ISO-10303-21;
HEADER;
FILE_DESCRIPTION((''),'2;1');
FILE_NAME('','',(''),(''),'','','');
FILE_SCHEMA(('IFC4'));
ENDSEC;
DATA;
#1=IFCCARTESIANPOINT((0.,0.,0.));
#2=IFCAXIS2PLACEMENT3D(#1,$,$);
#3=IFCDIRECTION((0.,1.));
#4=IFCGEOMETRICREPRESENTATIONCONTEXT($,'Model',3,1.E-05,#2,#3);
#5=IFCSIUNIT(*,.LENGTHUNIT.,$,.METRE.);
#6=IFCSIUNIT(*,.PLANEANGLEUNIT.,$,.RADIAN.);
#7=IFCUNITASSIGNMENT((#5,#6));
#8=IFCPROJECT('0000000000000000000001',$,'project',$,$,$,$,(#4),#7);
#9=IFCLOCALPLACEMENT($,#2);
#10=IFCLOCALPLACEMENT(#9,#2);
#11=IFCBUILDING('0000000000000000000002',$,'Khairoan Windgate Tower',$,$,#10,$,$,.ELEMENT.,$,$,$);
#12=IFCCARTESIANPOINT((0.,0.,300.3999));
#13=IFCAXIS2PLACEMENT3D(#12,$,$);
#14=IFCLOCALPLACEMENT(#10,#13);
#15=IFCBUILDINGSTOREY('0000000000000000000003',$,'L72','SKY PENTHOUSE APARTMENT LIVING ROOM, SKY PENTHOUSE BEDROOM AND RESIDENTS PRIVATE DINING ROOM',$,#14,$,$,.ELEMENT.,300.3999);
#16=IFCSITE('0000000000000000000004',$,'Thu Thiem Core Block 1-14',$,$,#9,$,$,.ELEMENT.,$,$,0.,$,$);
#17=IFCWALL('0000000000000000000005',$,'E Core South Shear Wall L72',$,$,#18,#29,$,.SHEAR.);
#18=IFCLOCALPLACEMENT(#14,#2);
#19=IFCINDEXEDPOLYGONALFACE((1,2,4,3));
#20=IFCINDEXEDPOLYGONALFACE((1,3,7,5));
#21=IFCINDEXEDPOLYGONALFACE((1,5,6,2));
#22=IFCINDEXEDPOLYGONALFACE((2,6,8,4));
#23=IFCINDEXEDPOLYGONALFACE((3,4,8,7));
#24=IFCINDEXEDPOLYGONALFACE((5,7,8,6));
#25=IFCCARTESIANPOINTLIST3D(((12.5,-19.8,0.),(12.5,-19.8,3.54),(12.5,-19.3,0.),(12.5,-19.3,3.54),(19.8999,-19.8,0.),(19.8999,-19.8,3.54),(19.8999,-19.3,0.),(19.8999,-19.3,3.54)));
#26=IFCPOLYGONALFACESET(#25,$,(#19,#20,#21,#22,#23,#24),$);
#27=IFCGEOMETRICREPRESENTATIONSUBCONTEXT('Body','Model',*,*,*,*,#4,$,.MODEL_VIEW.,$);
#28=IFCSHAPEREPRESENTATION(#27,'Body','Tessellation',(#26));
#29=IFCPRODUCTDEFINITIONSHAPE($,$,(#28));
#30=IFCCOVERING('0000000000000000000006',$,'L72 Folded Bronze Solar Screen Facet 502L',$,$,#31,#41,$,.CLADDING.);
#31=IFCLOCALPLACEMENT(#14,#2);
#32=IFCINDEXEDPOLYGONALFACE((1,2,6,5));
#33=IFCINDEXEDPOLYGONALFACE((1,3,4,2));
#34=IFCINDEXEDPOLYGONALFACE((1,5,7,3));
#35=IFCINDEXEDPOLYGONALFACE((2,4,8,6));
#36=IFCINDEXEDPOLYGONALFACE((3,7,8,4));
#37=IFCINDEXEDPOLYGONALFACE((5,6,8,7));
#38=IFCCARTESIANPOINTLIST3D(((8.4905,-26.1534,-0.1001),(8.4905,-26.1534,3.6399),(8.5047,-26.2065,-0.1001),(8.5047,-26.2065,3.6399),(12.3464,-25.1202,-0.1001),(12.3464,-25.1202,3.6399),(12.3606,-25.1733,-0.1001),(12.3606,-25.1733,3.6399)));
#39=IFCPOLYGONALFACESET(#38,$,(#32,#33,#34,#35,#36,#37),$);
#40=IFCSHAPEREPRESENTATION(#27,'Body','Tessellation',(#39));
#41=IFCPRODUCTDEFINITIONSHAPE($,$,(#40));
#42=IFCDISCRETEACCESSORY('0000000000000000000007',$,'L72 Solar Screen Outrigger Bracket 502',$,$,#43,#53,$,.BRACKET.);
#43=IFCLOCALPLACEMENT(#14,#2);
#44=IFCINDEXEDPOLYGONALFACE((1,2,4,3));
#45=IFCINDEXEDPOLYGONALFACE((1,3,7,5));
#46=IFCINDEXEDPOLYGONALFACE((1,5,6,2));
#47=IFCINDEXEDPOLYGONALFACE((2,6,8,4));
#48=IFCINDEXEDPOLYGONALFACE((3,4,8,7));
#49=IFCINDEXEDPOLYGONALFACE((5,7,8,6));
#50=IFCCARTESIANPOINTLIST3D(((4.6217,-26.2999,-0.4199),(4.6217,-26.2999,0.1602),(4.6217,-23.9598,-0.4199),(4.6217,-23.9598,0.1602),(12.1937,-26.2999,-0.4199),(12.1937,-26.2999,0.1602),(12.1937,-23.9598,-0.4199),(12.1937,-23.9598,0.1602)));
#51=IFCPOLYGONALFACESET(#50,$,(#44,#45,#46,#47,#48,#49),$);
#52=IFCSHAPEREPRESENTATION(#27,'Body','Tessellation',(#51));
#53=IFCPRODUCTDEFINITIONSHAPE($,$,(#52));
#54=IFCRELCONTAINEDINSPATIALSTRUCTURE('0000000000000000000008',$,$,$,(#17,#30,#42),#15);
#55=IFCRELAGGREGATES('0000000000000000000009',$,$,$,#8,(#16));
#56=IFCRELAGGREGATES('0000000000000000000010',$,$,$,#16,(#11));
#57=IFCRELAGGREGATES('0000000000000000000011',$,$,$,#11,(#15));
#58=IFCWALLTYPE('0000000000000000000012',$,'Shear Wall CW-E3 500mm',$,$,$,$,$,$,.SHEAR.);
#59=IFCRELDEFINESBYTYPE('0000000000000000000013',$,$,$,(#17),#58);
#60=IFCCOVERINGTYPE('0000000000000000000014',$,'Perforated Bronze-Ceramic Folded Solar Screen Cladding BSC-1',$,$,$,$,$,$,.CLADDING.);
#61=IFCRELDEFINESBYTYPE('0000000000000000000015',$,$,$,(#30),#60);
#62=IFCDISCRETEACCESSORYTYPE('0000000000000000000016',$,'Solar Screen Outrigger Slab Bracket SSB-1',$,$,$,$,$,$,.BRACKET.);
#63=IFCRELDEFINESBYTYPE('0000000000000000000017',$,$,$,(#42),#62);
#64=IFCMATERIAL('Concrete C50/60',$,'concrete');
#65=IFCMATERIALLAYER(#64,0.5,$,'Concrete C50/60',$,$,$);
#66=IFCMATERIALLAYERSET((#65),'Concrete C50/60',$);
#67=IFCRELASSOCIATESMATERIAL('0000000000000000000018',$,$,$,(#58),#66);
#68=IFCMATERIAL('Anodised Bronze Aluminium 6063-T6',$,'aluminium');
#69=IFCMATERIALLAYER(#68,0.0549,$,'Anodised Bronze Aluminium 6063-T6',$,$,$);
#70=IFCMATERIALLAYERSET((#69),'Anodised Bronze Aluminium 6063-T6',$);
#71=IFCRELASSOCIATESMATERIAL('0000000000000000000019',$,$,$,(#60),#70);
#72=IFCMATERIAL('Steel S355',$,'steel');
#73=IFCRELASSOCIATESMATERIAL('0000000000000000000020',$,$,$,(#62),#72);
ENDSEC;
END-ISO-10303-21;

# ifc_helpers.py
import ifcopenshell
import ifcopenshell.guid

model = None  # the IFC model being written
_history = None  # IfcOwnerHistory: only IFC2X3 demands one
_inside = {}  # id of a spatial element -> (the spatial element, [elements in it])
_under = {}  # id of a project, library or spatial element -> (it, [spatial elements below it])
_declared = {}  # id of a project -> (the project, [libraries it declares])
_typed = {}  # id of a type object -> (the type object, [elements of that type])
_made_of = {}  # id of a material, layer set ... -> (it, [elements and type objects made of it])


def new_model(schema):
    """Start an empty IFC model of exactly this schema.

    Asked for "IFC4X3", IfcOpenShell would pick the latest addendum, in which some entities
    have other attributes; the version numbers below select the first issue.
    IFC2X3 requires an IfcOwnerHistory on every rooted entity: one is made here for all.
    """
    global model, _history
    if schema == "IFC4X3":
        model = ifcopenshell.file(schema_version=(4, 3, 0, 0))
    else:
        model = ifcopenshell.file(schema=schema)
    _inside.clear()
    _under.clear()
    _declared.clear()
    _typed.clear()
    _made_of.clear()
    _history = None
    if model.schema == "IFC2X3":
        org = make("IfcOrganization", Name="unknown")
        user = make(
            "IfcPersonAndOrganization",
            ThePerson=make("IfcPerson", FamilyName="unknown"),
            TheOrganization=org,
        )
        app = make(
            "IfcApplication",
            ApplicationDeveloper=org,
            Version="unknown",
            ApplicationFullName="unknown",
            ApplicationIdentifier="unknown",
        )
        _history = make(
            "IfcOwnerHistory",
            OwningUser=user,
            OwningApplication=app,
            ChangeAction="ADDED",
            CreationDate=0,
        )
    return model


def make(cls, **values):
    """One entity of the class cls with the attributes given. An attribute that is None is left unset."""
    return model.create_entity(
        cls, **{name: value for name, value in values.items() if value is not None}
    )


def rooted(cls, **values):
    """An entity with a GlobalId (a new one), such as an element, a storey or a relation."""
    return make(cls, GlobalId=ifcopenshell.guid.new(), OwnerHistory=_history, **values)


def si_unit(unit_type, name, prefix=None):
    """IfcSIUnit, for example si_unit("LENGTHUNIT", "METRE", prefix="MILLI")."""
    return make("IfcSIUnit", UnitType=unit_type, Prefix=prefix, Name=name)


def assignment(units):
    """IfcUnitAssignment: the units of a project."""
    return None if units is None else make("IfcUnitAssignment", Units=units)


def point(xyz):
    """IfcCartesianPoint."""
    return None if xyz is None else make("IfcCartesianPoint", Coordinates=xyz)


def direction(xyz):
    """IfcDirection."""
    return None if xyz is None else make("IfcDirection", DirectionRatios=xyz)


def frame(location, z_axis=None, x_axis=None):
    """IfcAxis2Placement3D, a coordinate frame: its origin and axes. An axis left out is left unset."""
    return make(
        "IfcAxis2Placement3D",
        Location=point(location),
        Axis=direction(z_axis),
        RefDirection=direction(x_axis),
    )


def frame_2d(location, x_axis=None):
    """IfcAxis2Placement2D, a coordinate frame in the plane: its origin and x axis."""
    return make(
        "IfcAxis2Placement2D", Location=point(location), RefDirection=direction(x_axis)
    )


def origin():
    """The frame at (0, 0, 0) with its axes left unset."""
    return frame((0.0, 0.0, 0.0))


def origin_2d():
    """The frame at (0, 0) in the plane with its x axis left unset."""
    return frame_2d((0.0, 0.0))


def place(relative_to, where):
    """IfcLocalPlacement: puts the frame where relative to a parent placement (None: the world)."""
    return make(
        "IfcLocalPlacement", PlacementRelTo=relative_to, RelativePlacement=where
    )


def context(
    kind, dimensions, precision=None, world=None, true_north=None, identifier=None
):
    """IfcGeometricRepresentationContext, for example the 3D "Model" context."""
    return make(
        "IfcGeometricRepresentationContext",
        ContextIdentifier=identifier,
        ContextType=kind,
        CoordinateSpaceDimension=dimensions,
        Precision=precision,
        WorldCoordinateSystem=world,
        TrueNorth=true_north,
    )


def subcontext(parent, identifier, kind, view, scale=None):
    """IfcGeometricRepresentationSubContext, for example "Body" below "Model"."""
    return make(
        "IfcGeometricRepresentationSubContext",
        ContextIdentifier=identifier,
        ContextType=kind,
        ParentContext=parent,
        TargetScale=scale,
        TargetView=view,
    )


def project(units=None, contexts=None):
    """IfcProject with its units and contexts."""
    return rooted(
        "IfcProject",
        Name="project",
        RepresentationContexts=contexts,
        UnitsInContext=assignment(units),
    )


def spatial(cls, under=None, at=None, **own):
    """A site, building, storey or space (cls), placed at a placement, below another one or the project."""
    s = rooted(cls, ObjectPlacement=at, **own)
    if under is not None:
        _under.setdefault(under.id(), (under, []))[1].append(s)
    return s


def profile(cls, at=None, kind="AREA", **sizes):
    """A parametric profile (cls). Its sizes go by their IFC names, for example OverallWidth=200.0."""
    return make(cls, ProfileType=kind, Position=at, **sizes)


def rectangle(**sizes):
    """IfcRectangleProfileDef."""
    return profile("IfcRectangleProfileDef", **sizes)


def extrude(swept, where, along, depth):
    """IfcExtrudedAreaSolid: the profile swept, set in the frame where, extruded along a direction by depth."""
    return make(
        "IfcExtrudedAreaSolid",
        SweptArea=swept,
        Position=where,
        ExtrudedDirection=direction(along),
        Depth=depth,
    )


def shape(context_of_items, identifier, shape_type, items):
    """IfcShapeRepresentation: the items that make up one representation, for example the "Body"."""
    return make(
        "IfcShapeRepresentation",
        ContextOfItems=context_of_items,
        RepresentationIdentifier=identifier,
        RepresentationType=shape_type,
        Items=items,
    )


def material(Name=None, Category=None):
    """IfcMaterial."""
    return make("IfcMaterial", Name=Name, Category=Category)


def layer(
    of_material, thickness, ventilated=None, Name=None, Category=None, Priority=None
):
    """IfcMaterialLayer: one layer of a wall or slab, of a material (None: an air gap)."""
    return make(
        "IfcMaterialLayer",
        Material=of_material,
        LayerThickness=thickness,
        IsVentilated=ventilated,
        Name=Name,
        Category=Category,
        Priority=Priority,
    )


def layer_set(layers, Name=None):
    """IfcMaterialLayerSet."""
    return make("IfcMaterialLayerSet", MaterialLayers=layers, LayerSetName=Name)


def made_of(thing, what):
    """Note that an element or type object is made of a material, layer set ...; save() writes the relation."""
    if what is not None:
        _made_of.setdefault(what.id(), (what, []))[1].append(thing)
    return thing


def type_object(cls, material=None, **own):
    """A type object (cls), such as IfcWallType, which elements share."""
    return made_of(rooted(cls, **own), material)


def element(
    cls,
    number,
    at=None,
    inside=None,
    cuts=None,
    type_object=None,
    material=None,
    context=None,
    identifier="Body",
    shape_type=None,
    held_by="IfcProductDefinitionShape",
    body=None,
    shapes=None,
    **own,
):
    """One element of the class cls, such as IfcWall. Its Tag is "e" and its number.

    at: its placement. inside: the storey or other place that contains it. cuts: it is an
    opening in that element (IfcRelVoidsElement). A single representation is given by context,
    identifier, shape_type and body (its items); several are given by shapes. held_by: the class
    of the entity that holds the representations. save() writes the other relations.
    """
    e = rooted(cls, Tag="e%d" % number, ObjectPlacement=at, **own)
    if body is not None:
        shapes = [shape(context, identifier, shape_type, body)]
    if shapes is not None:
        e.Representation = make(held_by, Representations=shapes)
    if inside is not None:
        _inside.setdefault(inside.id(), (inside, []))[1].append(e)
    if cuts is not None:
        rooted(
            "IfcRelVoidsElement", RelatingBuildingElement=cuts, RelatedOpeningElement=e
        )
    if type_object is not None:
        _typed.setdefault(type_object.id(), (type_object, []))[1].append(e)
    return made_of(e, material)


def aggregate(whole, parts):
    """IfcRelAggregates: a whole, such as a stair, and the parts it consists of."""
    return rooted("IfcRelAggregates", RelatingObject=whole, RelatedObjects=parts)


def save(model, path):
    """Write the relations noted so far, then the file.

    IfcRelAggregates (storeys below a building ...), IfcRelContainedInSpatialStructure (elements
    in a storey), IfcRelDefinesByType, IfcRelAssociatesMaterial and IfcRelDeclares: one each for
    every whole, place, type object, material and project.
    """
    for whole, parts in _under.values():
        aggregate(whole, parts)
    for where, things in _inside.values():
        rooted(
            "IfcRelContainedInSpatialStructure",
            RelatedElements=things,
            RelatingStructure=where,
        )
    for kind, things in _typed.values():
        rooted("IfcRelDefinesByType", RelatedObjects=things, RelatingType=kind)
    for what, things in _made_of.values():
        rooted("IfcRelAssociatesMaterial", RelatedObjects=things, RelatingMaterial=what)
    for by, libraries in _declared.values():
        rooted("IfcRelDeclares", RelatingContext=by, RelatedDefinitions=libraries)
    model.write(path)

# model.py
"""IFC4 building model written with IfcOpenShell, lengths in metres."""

from ifc_helpers import new_model, si_unit, direction, frame, frame_2d, origin, origin_2d, place, context, subcontext, project, spatial, rectangle, extrude, material, layer, layer_set, type_object, element, save


model = new_model("IFC4")

# Units and contexts
model_context = context("Model", 3, precision=1e-05, world=origin(), true_north=direction((0.0, 1.0)))
body_context = subcontext(model_context, "Body", "Model", "MODEL_VIEW")
ifc_project = project(units=[si_unit("LENGTHUNIT", "METRE"), si_unit("PLANEANGLEUNIT", "RADIAN")], contexts=[model_context])

# Site, building, storey
site_placement = place(None, origin())
site = spatial("IfcSite", under=ifc_project, at=site_placement, Name="Thu Thiem Core Block 1-14", CompositionType="ELEMENT", RefElevation=0.0)
building_placement = place(site_placement, origin())
building = spatial("IfcBuilding", under=site, at=building_placement, Name="Khairoan Windgate Tower", CompositionType="ELEMENT")
storey_placement = place(building_placement, frame((0.0, 0.0, 300.3999)))
storey = spatial("IfcBuildingStorey", under=building, at=storey_placement, Name="L72", Description="SKY PENTHOUSE APARTMENT LIVING ROOM, SKY PENTHOUSE BEDROOM AND RESIDENTS PRIVATE DINING ROOM", CompositionType="ELEMENT", Elevation=300.3999)

# Shared definitions
ifc_material_1 = material(Name="Concrete C50/60", Category="concrete")
ifc_layer_1 = layer(ifc_material_1, 0.5, Name="Concrete C50/60")
ifc_layer_set_1 = layer_set([ifc_layer_1], Name="Concrete C50/60")
wall_type_1 = type_object("IfcWallType", Name="Shear Wall CW-E3 500mm", PredefinedType="SHEAR", material=ifc_layer_set_1)

# Wall
wall_1_placement = place(storey_placement, frame((12.5, -19.55, 0.0), z_axis=(0.0, 0.0, 1.0), x_axis=(1.0, 0.0, 0.0)))
element("IfcWall", 1, at=wall_1_placement, inside=storey, type_object=wall_type_1, Name="E Core South Shear Wall L72", PredefinedType="SHEAR", context=body_context, shape_type="SweptSolid", body=[
    extrude(rectangle(XDim=7.3999, YDim=0.5, at=frame_2d((3.7, 0.0))), origin(), (0.0, 0.0, 1.0), 3.54),
])

# Covering
ifc_material_2 = material(Name="Anodised Bronze Aluminium 6063-T6", Category="aluminium")
ifc_layer_2 = layer(ifc_material_2, 0.0549, Name="Anodised Bronze Aluminium 6063-T6")
ifc_layer_set_2 = layer_set([ifc_layer_2], Name="Anodised Bronze Aluminium 6063-T6")
covering_type = type_object("IfcCoveringType", Name="Perforated Bronze-Ceramic Folded Solar Screen Cladding BSC-1", PredefinedType="CLADDING", material=ifc_layer_set_2)
covering_placement = place(storey_placement, frame((10.4255, -25.6633, -0.1001), z_axis=(0.0, 0.0, 1.0), x_axis=(-0.965926, -0.258819, 0.0)))
element("IfcCovering", 2, at=covering_placement, inside=storey, type_object=covering_type, Name="L72 Folded Bronze Solar Screen Facet 502L", PredefinedType="CLADDING", context=body_context, shape_type="SweptSolid", body=[
    extrude(rectangle(XDim=3.9919, YDim=0.0549, at=origin_2d()), origin(), (0.0, 0.0, 1.0), 3.74),
])

# Discrete accessory
ifc_material_3 = material(Name="Steel S355", Category="steel")
discrete_accessory_type = type_object("IfcDiscreteAccessoryType", Name="Solar Screen Outrigger Slab Bracket SSB-1", PredefinedType="BRACKET", material=ifc_material_3)
discrete_accessory_placement = place(storey_placement, frame((8.4077, -25.1299, -0.4199), z_axis=(0.0, 0.0, 1.0), x_axis=(-1.0, 0.0, 0.0)))
element("IfcDiscreteAccessory", 3, at=discrete_accessory_placement, inside=storey, type_object=discrete_accessory_type, Name="L72 Solar Screen Outrigger Bracket 502", PredefinedType="BRACKET", context=body_context, shape_type="SweptSolid", body=[
    extrude(rectangle(XDim=7.572, YDim=2.3401, at=origin_2d()), origin(), (0.0, 0.0, 1.0), 0.5801),
])

save(model, "model.ifc")
